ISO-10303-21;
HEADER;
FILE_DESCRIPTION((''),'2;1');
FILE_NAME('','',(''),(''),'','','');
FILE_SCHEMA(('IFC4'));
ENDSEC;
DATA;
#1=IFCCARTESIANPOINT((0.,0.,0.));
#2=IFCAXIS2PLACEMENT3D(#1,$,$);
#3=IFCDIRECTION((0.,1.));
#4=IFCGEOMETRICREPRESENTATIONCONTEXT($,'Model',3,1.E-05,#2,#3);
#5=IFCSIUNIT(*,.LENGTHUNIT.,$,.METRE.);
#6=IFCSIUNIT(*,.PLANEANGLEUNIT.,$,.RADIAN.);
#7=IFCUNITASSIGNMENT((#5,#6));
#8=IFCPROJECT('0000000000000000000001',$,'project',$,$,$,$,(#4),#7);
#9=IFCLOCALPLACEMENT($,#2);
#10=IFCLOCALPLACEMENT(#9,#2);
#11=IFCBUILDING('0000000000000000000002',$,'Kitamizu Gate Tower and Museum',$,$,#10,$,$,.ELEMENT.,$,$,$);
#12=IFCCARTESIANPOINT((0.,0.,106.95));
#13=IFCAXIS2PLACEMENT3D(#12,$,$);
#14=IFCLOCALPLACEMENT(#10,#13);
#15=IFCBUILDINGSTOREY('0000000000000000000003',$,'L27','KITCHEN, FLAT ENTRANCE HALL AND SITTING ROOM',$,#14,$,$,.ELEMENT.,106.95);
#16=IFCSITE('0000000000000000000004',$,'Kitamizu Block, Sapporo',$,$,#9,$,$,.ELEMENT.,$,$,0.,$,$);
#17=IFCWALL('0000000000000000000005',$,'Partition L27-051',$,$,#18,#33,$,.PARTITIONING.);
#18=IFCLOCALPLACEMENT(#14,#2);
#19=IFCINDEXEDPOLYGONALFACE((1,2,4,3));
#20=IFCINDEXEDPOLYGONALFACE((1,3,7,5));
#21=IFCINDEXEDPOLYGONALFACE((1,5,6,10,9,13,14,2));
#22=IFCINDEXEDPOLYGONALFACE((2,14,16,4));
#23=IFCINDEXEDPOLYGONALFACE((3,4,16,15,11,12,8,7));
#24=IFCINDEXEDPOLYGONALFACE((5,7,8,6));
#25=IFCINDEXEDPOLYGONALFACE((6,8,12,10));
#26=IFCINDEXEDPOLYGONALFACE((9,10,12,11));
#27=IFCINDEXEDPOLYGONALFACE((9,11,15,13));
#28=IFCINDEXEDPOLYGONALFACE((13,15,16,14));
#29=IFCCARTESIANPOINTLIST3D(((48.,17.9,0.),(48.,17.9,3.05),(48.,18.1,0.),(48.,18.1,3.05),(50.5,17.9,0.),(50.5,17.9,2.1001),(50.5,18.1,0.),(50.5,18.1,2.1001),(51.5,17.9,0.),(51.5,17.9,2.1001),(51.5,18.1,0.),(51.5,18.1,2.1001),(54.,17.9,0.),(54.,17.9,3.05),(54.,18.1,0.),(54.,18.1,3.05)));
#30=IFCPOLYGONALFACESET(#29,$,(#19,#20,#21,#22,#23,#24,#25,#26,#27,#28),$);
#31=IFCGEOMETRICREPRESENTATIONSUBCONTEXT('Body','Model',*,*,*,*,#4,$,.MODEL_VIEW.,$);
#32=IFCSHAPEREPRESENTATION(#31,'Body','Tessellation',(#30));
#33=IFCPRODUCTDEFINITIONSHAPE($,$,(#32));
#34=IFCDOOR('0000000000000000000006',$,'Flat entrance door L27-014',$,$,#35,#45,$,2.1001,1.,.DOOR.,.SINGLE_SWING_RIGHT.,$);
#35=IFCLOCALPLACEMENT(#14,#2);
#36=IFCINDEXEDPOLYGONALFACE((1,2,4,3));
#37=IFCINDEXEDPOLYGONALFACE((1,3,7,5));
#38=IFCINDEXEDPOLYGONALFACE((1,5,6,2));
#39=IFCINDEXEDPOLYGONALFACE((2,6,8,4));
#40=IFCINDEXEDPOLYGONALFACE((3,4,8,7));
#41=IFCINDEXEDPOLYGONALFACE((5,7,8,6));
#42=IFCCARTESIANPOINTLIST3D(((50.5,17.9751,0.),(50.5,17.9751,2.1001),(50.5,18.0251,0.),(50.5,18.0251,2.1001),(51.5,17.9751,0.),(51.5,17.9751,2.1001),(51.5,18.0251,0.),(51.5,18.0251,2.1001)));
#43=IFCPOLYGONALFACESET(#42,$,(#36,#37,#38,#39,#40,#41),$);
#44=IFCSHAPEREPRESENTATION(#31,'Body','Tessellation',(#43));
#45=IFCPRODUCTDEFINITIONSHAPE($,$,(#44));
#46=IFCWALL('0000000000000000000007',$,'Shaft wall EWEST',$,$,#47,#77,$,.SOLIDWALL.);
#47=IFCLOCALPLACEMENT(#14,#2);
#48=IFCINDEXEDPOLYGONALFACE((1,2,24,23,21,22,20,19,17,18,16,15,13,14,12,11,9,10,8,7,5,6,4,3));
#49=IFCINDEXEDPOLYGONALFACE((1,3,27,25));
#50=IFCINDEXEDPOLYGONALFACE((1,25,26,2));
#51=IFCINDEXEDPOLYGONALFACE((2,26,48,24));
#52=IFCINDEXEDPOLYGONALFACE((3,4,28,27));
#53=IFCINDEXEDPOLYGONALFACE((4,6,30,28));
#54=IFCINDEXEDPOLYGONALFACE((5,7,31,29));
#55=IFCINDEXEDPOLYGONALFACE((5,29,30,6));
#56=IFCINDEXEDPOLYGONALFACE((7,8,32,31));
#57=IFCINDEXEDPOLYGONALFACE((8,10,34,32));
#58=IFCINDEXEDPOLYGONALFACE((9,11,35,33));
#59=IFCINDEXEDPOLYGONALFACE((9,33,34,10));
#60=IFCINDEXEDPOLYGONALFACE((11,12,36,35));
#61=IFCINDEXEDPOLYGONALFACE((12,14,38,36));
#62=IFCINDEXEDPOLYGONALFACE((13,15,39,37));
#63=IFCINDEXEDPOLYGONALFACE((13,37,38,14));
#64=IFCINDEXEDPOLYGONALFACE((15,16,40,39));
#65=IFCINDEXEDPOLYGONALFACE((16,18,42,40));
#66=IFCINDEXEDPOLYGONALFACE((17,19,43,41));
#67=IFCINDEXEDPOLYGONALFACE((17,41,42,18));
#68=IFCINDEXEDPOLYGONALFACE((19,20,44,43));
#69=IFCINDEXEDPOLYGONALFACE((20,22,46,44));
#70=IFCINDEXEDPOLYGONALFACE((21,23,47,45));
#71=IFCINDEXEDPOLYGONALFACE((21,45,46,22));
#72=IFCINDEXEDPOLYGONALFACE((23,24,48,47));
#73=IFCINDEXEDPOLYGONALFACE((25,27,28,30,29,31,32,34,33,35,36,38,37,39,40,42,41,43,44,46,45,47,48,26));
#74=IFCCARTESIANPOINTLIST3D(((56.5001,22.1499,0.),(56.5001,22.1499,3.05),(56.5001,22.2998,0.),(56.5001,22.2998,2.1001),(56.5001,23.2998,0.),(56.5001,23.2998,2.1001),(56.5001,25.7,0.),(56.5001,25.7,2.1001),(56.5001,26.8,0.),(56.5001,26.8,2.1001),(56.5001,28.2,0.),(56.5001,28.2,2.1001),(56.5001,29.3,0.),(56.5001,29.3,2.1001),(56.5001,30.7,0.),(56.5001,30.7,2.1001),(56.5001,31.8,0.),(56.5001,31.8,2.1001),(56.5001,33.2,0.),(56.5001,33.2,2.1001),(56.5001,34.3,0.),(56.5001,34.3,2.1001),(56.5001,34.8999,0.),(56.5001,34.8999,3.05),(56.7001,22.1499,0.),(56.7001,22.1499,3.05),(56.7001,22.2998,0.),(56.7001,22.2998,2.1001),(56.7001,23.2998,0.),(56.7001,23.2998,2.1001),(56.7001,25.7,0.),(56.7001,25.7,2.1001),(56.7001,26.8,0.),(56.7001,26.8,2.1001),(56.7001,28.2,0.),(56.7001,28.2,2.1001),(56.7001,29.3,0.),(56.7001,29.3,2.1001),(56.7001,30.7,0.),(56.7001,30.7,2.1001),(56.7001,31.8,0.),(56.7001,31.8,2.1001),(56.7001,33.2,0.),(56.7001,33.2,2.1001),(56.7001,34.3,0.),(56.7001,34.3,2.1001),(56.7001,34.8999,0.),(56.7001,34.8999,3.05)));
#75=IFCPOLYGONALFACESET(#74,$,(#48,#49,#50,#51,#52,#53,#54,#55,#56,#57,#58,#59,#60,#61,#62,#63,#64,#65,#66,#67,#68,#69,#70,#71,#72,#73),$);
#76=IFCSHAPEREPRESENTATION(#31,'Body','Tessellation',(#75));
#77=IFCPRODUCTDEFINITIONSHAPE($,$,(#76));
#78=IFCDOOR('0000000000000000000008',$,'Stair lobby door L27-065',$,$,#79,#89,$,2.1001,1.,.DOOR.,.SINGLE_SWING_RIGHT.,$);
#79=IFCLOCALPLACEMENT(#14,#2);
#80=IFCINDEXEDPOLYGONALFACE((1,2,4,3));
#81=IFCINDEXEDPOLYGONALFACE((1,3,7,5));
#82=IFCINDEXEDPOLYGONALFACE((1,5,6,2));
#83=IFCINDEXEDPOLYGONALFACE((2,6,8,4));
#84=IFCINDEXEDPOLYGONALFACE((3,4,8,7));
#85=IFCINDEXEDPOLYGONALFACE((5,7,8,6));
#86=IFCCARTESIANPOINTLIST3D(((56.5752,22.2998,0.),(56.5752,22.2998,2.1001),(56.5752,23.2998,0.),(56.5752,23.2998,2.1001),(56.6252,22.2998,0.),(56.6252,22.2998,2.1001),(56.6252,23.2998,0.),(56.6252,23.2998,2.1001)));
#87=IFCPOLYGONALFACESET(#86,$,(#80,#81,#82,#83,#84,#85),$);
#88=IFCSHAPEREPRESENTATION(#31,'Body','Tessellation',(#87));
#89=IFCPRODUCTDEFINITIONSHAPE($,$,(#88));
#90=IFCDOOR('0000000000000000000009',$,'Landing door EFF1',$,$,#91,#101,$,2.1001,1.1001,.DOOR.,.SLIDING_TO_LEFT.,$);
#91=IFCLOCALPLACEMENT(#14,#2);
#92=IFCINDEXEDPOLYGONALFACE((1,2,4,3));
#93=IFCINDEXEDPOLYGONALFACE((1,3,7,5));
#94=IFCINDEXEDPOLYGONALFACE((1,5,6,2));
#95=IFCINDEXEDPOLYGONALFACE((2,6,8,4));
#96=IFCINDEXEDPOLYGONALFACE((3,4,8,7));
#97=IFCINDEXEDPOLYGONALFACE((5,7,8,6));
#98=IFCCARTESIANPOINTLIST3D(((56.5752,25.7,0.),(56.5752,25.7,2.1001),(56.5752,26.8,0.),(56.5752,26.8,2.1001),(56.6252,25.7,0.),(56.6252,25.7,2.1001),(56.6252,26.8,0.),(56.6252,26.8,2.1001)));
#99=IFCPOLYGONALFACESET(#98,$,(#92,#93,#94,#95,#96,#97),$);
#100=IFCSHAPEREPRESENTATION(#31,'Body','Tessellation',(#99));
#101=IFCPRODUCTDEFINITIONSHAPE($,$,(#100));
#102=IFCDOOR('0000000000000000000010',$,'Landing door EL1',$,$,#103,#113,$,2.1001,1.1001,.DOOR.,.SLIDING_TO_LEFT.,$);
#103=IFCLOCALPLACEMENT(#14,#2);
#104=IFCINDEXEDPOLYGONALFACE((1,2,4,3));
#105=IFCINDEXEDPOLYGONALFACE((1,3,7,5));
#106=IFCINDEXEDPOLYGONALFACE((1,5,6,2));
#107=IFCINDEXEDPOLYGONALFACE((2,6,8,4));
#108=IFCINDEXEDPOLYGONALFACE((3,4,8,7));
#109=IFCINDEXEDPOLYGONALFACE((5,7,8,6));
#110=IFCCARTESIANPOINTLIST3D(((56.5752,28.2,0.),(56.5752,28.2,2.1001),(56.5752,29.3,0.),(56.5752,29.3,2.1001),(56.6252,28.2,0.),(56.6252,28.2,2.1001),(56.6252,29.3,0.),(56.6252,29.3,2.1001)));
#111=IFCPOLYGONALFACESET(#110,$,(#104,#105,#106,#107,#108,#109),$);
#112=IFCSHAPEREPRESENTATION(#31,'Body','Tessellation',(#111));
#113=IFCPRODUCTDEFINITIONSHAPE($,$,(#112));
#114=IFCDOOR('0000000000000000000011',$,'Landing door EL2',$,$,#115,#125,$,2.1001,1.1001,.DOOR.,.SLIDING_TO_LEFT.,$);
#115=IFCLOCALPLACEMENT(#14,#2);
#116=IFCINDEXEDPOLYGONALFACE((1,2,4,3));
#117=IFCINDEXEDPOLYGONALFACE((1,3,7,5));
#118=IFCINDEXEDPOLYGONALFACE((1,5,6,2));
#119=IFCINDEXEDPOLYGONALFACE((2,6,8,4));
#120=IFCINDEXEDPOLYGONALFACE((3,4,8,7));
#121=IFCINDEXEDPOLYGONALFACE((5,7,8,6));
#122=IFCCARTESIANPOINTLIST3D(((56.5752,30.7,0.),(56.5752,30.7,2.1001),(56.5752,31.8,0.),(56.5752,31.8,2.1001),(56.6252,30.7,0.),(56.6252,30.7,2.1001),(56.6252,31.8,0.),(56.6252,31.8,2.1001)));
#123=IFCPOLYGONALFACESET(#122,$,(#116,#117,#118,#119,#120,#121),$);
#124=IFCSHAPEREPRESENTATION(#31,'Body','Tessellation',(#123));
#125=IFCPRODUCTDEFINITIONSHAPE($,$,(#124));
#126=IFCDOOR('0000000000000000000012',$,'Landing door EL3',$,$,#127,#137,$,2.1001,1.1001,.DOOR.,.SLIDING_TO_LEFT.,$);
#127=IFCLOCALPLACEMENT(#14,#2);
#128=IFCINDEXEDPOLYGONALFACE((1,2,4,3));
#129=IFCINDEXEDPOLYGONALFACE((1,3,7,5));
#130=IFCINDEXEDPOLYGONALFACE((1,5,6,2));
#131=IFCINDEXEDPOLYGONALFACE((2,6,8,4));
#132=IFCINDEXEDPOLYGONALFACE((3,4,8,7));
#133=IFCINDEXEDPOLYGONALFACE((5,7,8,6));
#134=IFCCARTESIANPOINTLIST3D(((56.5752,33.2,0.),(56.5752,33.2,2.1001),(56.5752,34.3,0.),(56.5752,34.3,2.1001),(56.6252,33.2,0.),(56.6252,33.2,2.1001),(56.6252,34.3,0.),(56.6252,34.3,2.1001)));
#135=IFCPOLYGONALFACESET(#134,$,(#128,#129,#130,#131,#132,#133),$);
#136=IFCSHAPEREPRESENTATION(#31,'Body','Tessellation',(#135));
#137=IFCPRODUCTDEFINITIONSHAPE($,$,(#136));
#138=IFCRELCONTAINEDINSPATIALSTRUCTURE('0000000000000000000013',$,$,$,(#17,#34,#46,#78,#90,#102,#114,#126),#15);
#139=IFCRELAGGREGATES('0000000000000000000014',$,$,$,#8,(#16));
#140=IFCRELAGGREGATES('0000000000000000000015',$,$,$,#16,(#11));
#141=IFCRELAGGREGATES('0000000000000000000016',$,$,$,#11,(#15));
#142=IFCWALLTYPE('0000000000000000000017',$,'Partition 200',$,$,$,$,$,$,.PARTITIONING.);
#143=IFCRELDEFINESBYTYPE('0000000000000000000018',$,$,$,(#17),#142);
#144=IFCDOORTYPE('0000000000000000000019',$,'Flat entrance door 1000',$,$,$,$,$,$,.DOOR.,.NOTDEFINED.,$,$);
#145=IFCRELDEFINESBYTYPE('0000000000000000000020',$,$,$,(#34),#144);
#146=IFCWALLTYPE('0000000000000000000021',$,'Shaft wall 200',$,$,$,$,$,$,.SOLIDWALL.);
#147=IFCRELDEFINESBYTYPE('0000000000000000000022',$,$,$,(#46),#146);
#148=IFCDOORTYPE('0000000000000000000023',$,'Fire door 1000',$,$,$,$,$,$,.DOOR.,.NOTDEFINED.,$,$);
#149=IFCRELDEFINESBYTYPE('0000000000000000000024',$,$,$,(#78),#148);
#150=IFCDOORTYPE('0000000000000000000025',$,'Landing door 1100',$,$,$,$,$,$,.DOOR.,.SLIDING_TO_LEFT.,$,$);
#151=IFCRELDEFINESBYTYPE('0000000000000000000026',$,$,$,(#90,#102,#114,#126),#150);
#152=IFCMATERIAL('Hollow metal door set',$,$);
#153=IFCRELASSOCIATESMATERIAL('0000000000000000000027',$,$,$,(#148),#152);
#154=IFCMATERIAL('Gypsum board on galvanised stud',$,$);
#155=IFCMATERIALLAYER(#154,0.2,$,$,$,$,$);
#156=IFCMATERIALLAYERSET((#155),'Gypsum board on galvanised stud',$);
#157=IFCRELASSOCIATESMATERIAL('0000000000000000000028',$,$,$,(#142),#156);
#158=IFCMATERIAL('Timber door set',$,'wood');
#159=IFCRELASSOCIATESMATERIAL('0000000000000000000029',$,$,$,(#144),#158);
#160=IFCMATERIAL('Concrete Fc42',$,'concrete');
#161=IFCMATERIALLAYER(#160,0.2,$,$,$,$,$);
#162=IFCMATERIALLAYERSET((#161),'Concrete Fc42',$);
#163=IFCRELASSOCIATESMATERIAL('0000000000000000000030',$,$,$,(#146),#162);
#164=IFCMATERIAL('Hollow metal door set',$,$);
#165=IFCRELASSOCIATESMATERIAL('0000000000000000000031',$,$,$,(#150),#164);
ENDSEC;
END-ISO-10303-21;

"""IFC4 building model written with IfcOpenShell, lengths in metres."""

from ifc_helpers import new_model, si_unit, direction, frame, frame_2d, origin, place, context, subcontext, project, spatial, rectangle, extrude, material, layer, layer_set, type_object, element, fill, save


model = new_model("IFC4")

# Units and contexts
model_context = context("Model", 3, precision=1e-05, world=origin(), true_north=direction((0.0, 1.0)))
body_context = subcontext(model_context, "Body", "Model", "MODEL_VIEW")
ifc_project = project(units=[si_unit("LENGTHUNIT", "METRE"), si_unit("PLANEANGLEUNIT", "RADIAN")], contexts=[model_context])

# Site, building, storey
site_placement = place(None, origin())
site = spatial("IfcSite", under=ifc_project, at=site_placement, Name="Kitamizu Block, Sapporo", CompositionType="ELEMENT", RefElevation=0.0)
building_placement = place(site_placement, origin())
building = spatial("IfcBuilding", under=site, at=building_placement, Name="Kitamizu Gate Tower and Museum", CompositionType="ELEMENT")
storey_placement = place(building_placement, frame((0.0, 0.0, 106.95)))
storey = spatial("IfcBuildingStorey", under=building, at=storey_placement, Name="L27", Description="KITCHEN, FLAT ENTRANCE HALL AND SITTING ROOM", CompositionType="ELEMENT", Elevation=106.95)

# Shared definitions
ifc_material_1 = material(Name="Hollow metal door set")
door_type_1 = type_object("IfcDoorType", Name="Fire door 1000", OperationType="NOTDEFINED", PredefinedType="DOOR", material=ifc_material_1)

# Wall, opening, door
ifc_material_2 = material(Name="Gypsum board on galvanised stud")
ifc_layer_1 = layer(ifc_material_2, 0.2)
ifc_layer_set_1 = layer_set([ifc_layer_1], Name="Gypsum board on galvanised stud")
wall_type_1 = type_object("IfcWallType", Name="Partition 200", PredefinedType="PARTITIONING", material=ifc_layer_set_1)
wall_1_placement = place(storey_placement, frame((54.0, 18.0, 0.0), z_axis=(0.0, 0.0, 1.0), x_axis=(-1.0, 0.0, 0.0)))
wall_1 = element("IfcWall", 1, at=wall_1_placement, inside=storey, type_object=wall_type_1, Name="Partition L27-051", PredefinedType="PARTITIONING", context=body_context, shape_type="SweptSolid", body=[
    extrude(rectangle(XDim=6.0, YDim=0.2, at=frame_2d((3.0, 0.0))), origin(), (0.0, 0.0, 1.0), 3.05),
])
opening_1_placement = place(wall_1_placement, frame((2.5, 0.0, 0.0)))
opening_1 = element("IfcOpeningElement", 2, at=opening_1_placement, cuts=wall_1, PredefinedType="OPENING", context=body_context, shape_type="SweptSolid", body=[
    extrude(rectangle(XDim=1.0, YDim=2.1001, at=frame_2d((0.5, 1.05))), frame((0.0, 0.1099, 0.0), z_axis=(0.0, -1.0, 0.0), x_axis=(1.0, 0.0, 0.0)), (0.0, 0.0, 1.0), 0.22),
])
ifc_material_3 = material(Name="Timber door set", Category="wood")
door_type_2 = type_object("IfcDoorType", Name="Flat entrance door 1000", OperationType="NOTDEFINED", PredefinedType="DOOR", material=ifc_material_3)
door_1_placement = place(opening_1_placement, origin())
door_1 = element("IfcDoor", 3, at=door_1_placement, inside=storey, type_object=door_type_2, Name="Flat entrance door L27-014", OperationType="SINGLE_SWING_RIGHT", OverallHeight=2.1001, OverallWidth=1.0, PredefinedType="DOOR", context=body_context, shape_type="SweptSolid", body=[
    extrude(rectangle(XDim=1.0, YDim=2.1001, at=frame_2d((0.5, 1.05))), frame((0.0, 0.0249, 0.0), z_axis=(0.0, -1.0, 0.0), x_axis=(1.0, 0.0, 0.0)), (0.0, 0.0, 1.0), 0.05),
])
fill(opening_1, door_1)

# Wall, openings, doors
ifc_material_4 = material(Name="Concrete Fc42", Category="concrete")
ifc_layer_2 = layer(ifc_material_4, 0.2)
ifc_layer_set_2 = layer_set([ifc_layer_2], Name="Concrete Fc42")
wall_type_2 = type_object("IfcWallType", Name="Shaft wall 200", PredefinedType="SOLIDWALL", material=ifc_layer_set_2)
wall_2_placement = place(storey_placement, frame((56.6001, 22.1499, 0.0), z_axis=(0.0, 0.0, 1.0), x_axis=(0.0, 1.0, 0.0)))
wall_2 = element("IfcWall", 4, at=wall_2_placement, inside=storey, type_object=wall_type_2, Name="Shaft wall EWEST", PredefinedType="SOLIDWALL", context=body_context, shape_type="SweptSolid", body=[
    extrude(rectangle(XDim=12.75, YDim=0.2, at=frame_2d((6.375, 0.0))), origin(), (0.0, 0.0, 1.0), 3.05),
])
opening_2_placement = place(wall_2_placement, frame((3.55, 0.0, 0.0)))
opening_2 = element("IfcOpeningElement", 5, at=opening_2_placement, cuts=wall_2, PredefinedType="OPENING", context=body_context, shape_type="SweptSolid", body=[
    extrude(rectangle(XDim=1.1001, YDim=2.1001, at=frame_2d((0.55, 1.05))), frame((0.0, 0.1099, 0.0), z_axis=(0.0, -1.0, 0.0), x_axis=(1.0, 0.0, 0.0)), (0.0, 0.0, 1.0), 0.22),
])
opening_3_placement = place(wall_2_placement, frame((6.05, 0.0, 0.0)))
opening_3 = element("IfcOpeningElement", 6, at=opening_3_placement, cuts=wall_2, PredefinedType="OPENING", context=body_context, shape_type="SweptSolid", body=[
    extrude(rectangle(XDim=1.1001, YDim=2.1001, at=frame_2d((0.55, 1.05))), frame((0.0, 0.1099, 0.0), z_axis=(0.0, -1.0, 0.0), x_axis=(1.0, 0.0, 0.0)), (0.0, 0.0, 1.0), 0.22),
])
opening_4_placement = place(wall_2_placement, frame((8.55, 0.0, 0.0)))
opening_4 = element("IfcOpeningElement", 7, at=opening_4_placement, cuts=wall_2, PredefinedType="OPENING", context=body_context, shape_type="SweptSolid", body=[
    extrude(rectangle(XDim=1.1001, YDim=2.1001, at=frame_2d((0.55, 1.05))), frame((0.0, 0.1099, 0.0), z_axis=(0.0, -1.0, 0.0), x_axis=(1.0, 0.0, 0.0)), (0.0, 0.0, 1.0), 0.22),
])
opening_5_placement = place(wall_2_placement, frame((11.05, 0.0, 0.0)))
opening_5 = element("IfcOpeningElement", 8, at=opening_5_placement, cuts=wall_2, PredefinedType="OPENING", context=body_context, shape_type="SweptSolid", body=[
    extrude(rectangle(XDim=1.1001, YDim=2.1001, at=frame_2d((0.55, 1.05))), frame((0.0, 0.1099, 0.0), z_axis=(0.0, -1.0, 0.0), x_axis=(1.0, 0.0, 0.0)), (0.0, 0.0, 1.0), 0.22),
])
opening_6_placement = place(wall_2_placement, frame((0.1499, 0.0, 0.0)))
opening_6 = element("IfcOpeningElement", 9, at=opening_6_placement, cuts=wall_2, PredefinedType="OPENING", context=body_context, shape_type="SweptSolid", body=[
    extrude(rectangle(XDim=1.0, YDim=2.1001, at=frame_2d((0.5, 1.05))), frame((0.0, 0.1099, 0.0), z_axis=(0.0, -1.0, 0.0), x_axis=(1.0, 0.0, 0.0)), (0.0, 0.0, 1.0), 0.22),
])
door_2_placement = place(opening_6_placement, origin())
door_2 = element("IfcDoor", 10, at=door_2_placement, inside=storey, type_object=door_type_1, Name="Stair lobby door L27-065", OperationType="SINGLE_SWING_RIGHT", OverallHeight=2.1001, OverallWidth=1.0, PredefinedType="DOOR", context=body_context, shape_type="SweptSolid", body=[
    extrude(rectangle(XDim=1.0, YDim=2.1001, at=frame_2d((0.5, 1.05))), frame((0.0, 0.0249, 0.0), z_axis=(0.0, -1.0, 0.0), x_axis=(1.0, 0.0, 0.0)), (0.0, 0.0, 1.0), 0.05),
])
fill(opening_6, door_2)
ifc_material_5 = material(Name="Hollow metal door set")
door_type_3 = type_object("IfcDoorType", Name="Landing door 1100", OperationType="SLIDING_TO_LEFT", PredefinedType="DOOR", material=ifc_material_5)
door_3_placement = place(opening_2_placement, origin())
door_3 = element("IfcDoor", 11, at=door_3_placement, inside=storey, type_object=door_type_3, Name="Landing door EFF1", OperationType="SLIDING_TO_LEFT", OverallHeight=2.1001, OverallWidth=1.1001, PredefinedType="DOOR", context=body_context, shape_type="SweptSolid", body=[
    extrude(rectangle(XDim=1.1001, YDim=2.1001, at=frame_2d((0.55, 1.05))), frame((0.0, 0.0249, 0.0), z_axis=(0.0, -1.0, 0.0), x_axis=(1.0, 0.0, 0.0)), (0.0, 0.0, 1.0), 0.05),
])
fill(opening_2, door_3)
door_4_placement = place(opening_3_placement, origin())
door_4 = element("IfcDoor", 12, at=door_4_placement, inside=storey, type_object=door_type_3, Name="Landing door EL1", OperationType="SLIDING_TO_LEFT", OverallHeight=2.1001, OverallWidth=1.1001, PredefinedType="DOOR", context=body_context, shape_type="SweptSolid", body=[
    extrude(rectangle(XDim=1.1001, YDim=2.1001, at=frame_2d((0.55, 1.05))), frame((0.0, 0.0249, 0.0), z_axis=(0.0, -1.0, 0.0), x_axis=(1.0, 0.0, 0.0)), (0.0, 0.0, 1.0), 0.05),
])
fill(opening_3, door_4)
door_5_placement = place(opening_4_placement, origin())
door_5 = element("IfcDoor", 13, at=door_5_placement, inside=storey, type_object=door_type_3, Name="Landing door EL2", OperationType="SLIDING_TO_LEFT", OverallHeight=2.1001, OverallWidth=1.1001, PredefinedType="DOOR", context=body_context, shape_type="SweptSolid", body=[
    extrude(rectangle(XDim=1.1001, YDim=2.1001, at=frame_2d((0.55, 1.05))), frame((0.0, 0.0249, 0.0), z_axis=(0.0, -1.0, 0.0), x_axis=(1.0, 0.0, 0.0)), (0.0, 0.0, 1.0), 0.05),
])
fill(opening_4, door_5)
door_6_placement = place(opening_5_placement, origin())
door_6 = element("IfcDoor", 14, at=door_6_placement, inside=storey, type_object=door_type_3, Name="Landing door EL3", OperationType="SLIDING_TO_LEFT", OverallHeight=2.1001, OverallWidth=1.1001, PredefinedType="DOOR", context=body_context, shape_type="SweptSolid", body=[
    extrude(rectangle(XDim=1.1001, YDim=2.1001, at=frame_2d((0.55, 1.05))), frame((0.0, 0.0249, 0.0), z_axis=(0.0, -1.0, 0.0), x_axis=(1.0, 0.0, 0.0)), (0.0, 0.0, 1.0), 0.05),
])
fill(opening_5, door_6)

save(model, "model.ifc")
